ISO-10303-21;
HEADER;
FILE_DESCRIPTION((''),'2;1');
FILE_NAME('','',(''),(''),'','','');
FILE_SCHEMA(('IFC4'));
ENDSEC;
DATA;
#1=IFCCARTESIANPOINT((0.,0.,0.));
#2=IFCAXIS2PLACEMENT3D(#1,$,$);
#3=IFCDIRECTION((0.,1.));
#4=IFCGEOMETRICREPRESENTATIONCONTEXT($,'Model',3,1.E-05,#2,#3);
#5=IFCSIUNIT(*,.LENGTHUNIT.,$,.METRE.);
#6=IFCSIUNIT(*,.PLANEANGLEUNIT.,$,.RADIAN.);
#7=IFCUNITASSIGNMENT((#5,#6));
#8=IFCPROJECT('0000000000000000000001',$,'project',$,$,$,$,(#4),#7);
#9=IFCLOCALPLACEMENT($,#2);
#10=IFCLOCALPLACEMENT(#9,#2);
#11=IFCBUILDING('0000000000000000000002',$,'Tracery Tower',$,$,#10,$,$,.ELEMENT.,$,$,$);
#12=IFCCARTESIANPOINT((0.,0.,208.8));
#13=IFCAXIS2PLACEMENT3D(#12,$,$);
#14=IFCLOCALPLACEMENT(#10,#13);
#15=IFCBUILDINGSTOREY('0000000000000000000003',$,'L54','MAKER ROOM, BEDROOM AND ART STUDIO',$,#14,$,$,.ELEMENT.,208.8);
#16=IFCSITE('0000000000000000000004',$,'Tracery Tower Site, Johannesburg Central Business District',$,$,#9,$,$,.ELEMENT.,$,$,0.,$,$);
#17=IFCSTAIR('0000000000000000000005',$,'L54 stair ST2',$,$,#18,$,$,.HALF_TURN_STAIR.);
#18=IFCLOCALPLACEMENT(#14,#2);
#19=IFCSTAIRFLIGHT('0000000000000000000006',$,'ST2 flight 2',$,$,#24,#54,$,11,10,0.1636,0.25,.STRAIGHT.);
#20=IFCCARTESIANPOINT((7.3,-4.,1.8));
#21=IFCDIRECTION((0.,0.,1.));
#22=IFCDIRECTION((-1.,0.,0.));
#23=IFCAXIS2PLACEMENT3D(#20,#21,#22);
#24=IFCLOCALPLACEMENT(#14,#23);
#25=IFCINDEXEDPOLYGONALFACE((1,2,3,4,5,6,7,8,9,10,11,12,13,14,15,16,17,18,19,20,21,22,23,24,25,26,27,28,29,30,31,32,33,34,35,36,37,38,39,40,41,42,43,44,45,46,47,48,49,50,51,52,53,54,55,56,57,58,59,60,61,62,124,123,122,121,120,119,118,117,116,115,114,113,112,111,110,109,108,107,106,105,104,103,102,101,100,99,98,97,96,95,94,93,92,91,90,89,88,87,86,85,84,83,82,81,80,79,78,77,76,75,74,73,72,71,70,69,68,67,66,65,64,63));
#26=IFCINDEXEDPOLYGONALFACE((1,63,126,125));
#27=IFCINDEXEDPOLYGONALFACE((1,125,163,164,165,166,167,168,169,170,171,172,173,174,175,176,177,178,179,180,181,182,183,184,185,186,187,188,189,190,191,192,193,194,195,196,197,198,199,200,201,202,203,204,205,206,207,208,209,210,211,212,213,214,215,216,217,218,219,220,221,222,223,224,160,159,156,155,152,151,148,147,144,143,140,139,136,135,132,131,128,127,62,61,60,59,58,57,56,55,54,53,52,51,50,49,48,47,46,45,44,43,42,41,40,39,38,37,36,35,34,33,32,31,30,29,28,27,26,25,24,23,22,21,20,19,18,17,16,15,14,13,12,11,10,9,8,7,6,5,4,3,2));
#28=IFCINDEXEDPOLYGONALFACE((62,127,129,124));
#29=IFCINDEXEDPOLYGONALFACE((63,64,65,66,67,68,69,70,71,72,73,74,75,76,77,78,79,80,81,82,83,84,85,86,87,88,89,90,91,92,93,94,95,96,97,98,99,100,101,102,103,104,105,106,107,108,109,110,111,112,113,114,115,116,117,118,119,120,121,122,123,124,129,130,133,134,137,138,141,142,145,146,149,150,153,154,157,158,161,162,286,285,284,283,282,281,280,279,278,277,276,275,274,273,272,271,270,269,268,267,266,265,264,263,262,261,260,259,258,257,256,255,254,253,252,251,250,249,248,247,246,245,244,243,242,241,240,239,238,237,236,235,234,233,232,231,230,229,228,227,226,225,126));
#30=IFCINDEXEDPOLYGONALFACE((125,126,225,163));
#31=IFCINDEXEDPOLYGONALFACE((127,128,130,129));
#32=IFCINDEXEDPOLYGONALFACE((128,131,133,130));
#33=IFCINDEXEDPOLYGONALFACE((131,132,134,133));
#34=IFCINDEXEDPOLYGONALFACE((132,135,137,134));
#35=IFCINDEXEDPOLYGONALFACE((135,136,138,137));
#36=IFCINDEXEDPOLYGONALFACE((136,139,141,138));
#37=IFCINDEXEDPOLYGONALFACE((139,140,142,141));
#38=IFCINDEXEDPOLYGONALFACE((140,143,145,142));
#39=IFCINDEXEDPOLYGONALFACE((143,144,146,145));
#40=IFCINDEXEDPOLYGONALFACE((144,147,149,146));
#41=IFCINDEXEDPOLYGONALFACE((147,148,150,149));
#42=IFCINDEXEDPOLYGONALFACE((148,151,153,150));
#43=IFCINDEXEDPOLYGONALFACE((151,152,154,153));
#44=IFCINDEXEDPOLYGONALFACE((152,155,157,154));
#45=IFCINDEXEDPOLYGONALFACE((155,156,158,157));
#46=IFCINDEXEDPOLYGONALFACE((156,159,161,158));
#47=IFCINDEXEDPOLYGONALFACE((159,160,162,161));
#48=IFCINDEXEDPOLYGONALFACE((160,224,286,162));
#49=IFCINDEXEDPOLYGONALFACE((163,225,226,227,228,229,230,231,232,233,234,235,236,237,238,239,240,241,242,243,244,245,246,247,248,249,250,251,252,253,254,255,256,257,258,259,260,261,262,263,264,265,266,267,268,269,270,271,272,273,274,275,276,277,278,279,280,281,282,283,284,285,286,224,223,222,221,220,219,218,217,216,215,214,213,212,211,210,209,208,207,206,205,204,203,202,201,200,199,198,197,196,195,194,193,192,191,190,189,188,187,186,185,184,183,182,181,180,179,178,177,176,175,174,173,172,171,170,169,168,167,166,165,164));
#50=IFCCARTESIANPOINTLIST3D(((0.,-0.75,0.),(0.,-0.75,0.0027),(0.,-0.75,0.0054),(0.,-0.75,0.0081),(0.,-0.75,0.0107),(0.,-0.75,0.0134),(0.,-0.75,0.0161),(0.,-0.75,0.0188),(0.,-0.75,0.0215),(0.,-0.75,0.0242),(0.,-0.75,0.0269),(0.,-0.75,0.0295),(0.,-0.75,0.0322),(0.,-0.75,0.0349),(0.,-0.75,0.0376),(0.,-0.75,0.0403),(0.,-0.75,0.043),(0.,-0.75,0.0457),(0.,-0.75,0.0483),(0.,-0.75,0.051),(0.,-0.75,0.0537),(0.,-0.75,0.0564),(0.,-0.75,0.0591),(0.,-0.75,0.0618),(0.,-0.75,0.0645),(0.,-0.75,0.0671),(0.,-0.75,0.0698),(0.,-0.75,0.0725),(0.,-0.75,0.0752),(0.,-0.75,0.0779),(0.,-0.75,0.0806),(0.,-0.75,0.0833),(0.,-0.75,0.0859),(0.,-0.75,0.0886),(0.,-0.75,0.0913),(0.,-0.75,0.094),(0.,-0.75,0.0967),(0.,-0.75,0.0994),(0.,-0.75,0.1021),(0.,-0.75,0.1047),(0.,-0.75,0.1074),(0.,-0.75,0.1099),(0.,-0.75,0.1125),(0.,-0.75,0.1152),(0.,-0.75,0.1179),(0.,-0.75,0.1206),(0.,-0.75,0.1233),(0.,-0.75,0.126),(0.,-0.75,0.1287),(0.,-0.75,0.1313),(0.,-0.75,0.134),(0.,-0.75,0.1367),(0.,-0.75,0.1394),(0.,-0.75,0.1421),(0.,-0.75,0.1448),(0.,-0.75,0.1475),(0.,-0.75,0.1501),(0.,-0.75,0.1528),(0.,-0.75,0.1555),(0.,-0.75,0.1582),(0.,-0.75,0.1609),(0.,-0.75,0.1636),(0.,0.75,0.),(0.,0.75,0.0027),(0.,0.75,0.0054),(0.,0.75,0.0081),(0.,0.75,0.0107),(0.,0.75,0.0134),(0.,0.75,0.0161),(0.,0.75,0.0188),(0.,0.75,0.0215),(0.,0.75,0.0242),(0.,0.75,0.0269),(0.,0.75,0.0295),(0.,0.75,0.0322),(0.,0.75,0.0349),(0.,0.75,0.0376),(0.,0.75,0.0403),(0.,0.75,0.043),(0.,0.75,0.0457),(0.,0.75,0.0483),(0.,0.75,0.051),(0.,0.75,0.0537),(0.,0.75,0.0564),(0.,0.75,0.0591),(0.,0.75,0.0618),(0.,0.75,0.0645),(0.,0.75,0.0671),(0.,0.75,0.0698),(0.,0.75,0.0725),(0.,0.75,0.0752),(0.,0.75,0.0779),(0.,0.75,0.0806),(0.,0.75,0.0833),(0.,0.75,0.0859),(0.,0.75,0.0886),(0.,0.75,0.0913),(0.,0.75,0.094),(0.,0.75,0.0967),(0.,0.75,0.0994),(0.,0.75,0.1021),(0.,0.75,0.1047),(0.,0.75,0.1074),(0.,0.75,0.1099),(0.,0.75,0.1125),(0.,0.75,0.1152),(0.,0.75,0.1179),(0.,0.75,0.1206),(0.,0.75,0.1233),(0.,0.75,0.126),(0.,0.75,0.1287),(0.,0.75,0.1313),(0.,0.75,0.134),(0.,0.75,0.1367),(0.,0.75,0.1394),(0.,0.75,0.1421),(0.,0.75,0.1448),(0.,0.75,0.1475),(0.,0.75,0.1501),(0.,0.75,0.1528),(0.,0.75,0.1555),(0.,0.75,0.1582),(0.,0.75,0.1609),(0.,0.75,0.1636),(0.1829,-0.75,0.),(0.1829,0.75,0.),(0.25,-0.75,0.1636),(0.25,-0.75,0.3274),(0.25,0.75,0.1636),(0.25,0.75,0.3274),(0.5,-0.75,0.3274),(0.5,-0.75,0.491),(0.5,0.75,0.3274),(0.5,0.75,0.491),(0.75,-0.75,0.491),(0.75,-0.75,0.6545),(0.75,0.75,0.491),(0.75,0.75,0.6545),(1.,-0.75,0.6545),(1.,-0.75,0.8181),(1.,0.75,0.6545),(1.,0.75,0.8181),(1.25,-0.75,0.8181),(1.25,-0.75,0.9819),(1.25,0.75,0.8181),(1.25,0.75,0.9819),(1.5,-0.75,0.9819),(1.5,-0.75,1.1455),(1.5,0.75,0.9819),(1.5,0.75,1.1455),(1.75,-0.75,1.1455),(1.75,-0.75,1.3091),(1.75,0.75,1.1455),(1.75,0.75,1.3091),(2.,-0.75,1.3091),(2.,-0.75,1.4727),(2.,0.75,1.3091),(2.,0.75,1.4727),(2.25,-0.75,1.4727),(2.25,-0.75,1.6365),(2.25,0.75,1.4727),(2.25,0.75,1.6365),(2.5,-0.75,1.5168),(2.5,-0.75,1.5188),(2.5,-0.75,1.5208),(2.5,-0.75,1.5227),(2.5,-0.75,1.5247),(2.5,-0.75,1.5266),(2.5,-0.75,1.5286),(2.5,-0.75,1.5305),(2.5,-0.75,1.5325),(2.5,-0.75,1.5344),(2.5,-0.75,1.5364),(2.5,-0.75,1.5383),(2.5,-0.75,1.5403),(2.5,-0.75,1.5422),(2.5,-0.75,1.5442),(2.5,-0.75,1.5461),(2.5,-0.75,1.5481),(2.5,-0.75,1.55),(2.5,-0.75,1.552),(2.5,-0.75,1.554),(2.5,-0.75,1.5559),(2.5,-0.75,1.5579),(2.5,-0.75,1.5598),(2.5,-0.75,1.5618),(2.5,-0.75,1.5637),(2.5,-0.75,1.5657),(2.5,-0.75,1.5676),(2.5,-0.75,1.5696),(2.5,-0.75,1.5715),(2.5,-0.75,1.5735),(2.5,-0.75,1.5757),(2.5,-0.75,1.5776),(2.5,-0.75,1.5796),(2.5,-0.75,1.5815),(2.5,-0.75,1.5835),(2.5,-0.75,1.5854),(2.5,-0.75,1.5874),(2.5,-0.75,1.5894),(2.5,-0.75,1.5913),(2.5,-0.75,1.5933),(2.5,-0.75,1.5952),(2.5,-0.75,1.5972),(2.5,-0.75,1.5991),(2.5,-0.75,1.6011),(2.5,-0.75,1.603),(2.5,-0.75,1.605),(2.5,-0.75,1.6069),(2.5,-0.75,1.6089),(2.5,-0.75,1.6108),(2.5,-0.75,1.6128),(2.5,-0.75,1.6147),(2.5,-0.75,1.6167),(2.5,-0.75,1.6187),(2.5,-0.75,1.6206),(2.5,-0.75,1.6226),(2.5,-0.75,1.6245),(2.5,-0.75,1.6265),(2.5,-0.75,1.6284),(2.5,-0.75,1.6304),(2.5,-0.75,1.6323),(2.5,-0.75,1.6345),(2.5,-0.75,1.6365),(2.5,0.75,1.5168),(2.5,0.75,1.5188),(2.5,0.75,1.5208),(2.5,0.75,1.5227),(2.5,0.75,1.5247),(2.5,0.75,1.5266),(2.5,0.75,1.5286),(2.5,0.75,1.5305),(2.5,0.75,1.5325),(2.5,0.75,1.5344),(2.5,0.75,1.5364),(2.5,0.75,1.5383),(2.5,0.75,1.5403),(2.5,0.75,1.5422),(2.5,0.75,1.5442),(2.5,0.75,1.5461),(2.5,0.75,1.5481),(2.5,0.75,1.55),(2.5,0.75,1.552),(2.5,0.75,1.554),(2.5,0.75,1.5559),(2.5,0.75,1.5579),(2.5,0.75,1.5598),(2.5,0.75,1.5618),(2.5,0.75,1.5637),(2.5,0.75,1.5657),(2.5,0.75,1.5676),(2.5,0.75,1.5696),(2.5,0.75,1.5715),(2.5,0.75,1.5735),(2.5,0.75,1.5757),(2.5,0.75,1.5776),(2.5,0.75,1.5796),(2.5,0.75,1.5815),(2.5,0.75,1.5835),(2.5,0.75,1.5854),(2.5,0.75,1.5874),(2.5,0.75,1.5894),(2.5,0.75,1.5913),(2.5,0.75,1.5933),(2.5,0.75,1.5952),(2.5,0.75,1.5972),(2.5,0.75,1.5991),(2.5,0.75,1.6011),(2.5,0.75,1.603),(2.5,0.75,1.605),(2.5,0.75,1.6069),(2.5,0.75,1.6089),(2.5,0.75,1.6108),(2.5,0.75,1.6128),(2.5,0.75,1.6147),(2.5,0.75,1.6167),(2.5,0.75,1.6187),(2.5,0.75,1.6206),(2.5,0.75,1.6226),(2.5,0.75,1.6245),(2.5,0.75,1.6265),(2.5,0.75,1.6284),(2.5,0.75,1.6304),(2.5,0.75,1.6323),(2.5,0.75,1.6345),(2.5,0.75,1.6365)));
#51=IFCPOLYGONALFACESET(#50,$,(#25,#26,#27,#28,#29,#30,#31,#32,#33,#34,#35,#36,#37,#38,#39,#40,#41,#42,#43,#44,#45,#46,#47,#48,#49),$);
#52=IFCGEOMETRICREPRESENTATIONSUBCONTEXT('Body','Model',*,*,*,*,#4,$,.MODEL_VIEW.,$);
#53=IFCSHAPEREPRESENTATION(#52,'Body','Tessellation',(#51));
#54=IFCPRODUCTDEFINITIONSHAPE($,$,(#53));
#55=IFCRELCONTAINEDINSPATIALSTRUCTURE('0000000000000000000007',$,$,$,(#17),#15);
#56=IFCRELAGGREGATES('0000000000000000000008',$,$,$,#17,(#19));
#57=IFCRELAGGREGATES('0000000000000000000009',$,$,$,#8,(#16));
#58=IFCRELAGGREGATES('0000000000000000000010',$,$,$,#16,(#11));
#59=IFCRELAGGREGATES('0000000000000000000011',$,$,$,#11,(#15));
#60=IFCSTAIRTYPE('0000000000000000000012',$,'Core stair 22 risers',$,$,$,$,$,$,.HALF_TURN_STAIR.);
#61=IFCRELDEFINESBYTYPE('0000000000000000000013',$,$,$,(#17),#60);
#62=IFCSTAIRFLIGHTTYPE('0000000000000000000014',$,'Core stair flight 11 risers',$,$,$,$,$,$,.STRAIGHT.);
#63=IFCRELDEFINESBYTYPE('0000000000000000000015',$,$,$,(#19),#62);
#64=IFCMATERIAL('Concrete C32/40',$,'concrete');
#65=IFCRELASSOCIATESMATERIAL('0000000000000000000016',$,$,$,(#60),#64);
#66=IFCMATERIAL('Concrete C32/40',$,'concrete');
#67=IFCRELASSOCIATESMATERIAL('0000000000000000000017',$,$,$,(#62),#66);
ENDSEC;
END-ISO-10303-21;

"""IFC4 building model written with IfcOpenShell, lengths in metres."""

from ifc_helpers import new_model, si_unit, direction, frame, origin, place, context, subcontext, project, spatial, polyline, outline, extrude, material, type_object, element, aggregate, save


model = new_model("IFC4")

# Units and contexts
model_context = context("Model", 3, precision=1e-05, world=origin(), true_north=direction((0.0, 1.0)))
body_context = subcontext(model_context, "Body", "Model", "MODEL_VIEW")
ifc_project = project(units=[si_unit("LENGTHUNIT", "METRE"), si_unit("PLANEANGLEUNIT", "RADIAN")], contexts=[model_context])

# Site, building, storey
site_placement = place(None, origin())
site = spatial("IfcSite", under=ifc_project, at=site_placement, Name="Tracery Tower Site, Johannesburg Central Business District", CompositionType="ELEMENT", RefElevation=0.0)
building_placement = place(site_placement, origin())
building = spatial("IfcBuilding", under=site, at=building_placement, Name="Tracery Tower", CompositionType="ELEMENT")
storey_placement = place(building_placement, frame((0.0, 0.0, 208.8)))
storey = spatial("IfcBuildingStorey", under=building, at=storey_placement, Name="L54", Description="MAKER ROOM, BEDROOM AND ART STUDIO", CompositionType="ELEMENT", Elevation=208.8)

# Stair, stair flight
ifc_material_1 = material(Name="Concrete C32/40", Category="concrete")
stair_type = type_object("IfcStairType", Name="Core stair 22 risers", PredefinedType="HALF_TURN_STAIR", material=ifc_material_1)
stair_placement = place(storey_placement, origin())
stair = element("IfcStair", 1, at=stair_placement, inside=storey, type_object=stair_type, Name="L54 stair ST2", PredefinedType="HALF_TURN_STAIR")
ifc_material_2 = material(Name="Concrete C32/40", Category="concrete")
stair_flight_type = type_object("IfcStairFlightType", Name="Core stair flight 11 risers", PredefinedType="STRAIGHT", material=ifc_material_2)
stair_flight_1_placement = place(storey_placement, frame((7.3, -4.0, 1.8), z_axis=(0.0, 0.0, 1.0), x_axis=(-1.0, 0.0, 0.0)))
stair_flight_1 = element("IfcStairFlight", 2, at=stair_flight_1_placement, type_object=stair_flight_type, Name="ST2 flight 2", NumberOfRisers=11, NumberOfTreads=10, PredefinedType="STRAIGHT", RiserHeight=0.1636, TreadLength=0.25, context=body_context, shape_type="SweptSolid", body=[
    extrude(outline(polyline([(0.0, 0.0), (0.0, 0.0027), (0.0, 0.0054), (0.0, 0.0081), (0.0, 0.0107), (0.0, 0.0134), (0.0, 0.0161), (0.0, 0.0188), (0.0, 0.0215), (0.0, 0.0242), (0.0, 0.0269), (0.0, 0.0295), (0.0, 0.0322), (0.0, 0.0349), (0.0, 0.0376), (0.0, 0.0403), (0.0, 0.043), (0.0, 0.0457), (0.0, 0.0483), (0.0, 0.051), (0.0, 0.0537), (0.0, 0.0564), (0.0, 0.0591), (0.0, 0.0618), (0.0, 0.0645), (0.0, 0.0671), (0.0, 0.0698), (0.0, 0.0725), (0.0, 0.0752), (0.0, 0.0779), (0.0, 0.0806), (0.0, 0.0833), (0.0, 0.0859), (0.0, 0.0886), (0.0, 0.0913), (0.0, 0.094), (0.0, 0.0967), (0.0, 0.0994), (0.0, 0.1021), (0.0, 0.1047), (0.0, 0.1074), (0.0, 0.1099), (0.0, 0.1125), (0.0, 0.1152), (0.0, 0.1179), (0.0, 0.1206), (0.0, 0.1233), (0.0, 0.126), (0.0, 0.1287), (0.0, 0.1313), (0.0, 0.134), (0.0, 0.1367), (0.0, 0.1394), (0.0, 0.1421), (0.0, 0.1448), (0.0, 0.1475), (0.0, 0.1501), (0.0, 0.1528), (0.0, 0.1555), (0.0, 0.1582), (0.0, 0.1609), (0.0, 0.1636), (0.25, 0.1636), (0.25, 0.3274), (0.5, 0.3274), (0.5, 0.491), (0.75, 0.491), (0.75, 0.6545), (1.0, 0.6545), (1.0, 0.8181), (1.25, 0.8181), (1.25, 0.9819), (1.5, 0.9819), (1.5, 1.1455), (1.75, 1.1455), (1.75, 1.3091), (2.0, 1.3091), (2.0, 1.4727), (2.25, 1.4727), (2.25, 1.6365), (2.5, 1.6365), (2.5, 1.6345), (2.5, 1.6323), (2.5, 1.6304), (2.5, 1.6284), (2.5, 1.6265), (2.5, 1.6245), (2.5, 1.6226), (2.5, 1.6206), (2.5, 1.6187), (2.5, 1.6167), (2.5, 1.6147), (2.5, 1.6128), (2.5, 1.6108), (2.5, 1.6089), (2.5, 1.6069), (2.5, 1.605), (2.5, 1.603), (2.5, 1.6011), (2.5, 1.5991), (2.5, 1.5972), (2.5, 1.5952), (2.5, 1.5933), (2.5, 1.5913), (2.5, 1.5894), (2.5, 1.5874), (2.5, 1.5854), (2.5, 1.5835), (2.5, 1.5815), (2.5, 1.5796), (2.5, 1.5776), (2.5, 1.5757), (2.5, 1.5735), (2.5, 1.5715), (2.5, 1.5696), (2.5, 1.5676), (2.5, 1.5657), (2.5, 1.5637), (2.5, 1.5618), (2.5, 1.5598), (2.5, 1.5579), (2.5, 1.5559), (2.5, 1.554), (2.5, 1.552), (2.5, 1.55), (2.5, 1.5481), (2.5, 1.5461), (2.5, 1.5442), (2.5, 1.5422), (2.5, 1.5403), (2.5, 1.5383), (2.5, 1.5364), (2.5, 1.5344), (2.5, 1.5325), (2.5, 1.5305), (2.5, 1.5286), (2.5, 1.5266), (2.5, 1.5247), (2.5, 1.5227), (2.5, 1.5208), (2.5, 1.5188), (2.5, 1.5168), (0.1829, 0.0), (0.0, 0.0)])), frame((0.0, 0.75, 0.0), z_axis=(0.0, -1.0, 0.0), x_axis=(1.0, 0.0, 0.0)), (0.0, 0.0, 1.0), 1.5),
])
aggregate(stair, [stair_flight_1])

save(model, "model.ifc")
